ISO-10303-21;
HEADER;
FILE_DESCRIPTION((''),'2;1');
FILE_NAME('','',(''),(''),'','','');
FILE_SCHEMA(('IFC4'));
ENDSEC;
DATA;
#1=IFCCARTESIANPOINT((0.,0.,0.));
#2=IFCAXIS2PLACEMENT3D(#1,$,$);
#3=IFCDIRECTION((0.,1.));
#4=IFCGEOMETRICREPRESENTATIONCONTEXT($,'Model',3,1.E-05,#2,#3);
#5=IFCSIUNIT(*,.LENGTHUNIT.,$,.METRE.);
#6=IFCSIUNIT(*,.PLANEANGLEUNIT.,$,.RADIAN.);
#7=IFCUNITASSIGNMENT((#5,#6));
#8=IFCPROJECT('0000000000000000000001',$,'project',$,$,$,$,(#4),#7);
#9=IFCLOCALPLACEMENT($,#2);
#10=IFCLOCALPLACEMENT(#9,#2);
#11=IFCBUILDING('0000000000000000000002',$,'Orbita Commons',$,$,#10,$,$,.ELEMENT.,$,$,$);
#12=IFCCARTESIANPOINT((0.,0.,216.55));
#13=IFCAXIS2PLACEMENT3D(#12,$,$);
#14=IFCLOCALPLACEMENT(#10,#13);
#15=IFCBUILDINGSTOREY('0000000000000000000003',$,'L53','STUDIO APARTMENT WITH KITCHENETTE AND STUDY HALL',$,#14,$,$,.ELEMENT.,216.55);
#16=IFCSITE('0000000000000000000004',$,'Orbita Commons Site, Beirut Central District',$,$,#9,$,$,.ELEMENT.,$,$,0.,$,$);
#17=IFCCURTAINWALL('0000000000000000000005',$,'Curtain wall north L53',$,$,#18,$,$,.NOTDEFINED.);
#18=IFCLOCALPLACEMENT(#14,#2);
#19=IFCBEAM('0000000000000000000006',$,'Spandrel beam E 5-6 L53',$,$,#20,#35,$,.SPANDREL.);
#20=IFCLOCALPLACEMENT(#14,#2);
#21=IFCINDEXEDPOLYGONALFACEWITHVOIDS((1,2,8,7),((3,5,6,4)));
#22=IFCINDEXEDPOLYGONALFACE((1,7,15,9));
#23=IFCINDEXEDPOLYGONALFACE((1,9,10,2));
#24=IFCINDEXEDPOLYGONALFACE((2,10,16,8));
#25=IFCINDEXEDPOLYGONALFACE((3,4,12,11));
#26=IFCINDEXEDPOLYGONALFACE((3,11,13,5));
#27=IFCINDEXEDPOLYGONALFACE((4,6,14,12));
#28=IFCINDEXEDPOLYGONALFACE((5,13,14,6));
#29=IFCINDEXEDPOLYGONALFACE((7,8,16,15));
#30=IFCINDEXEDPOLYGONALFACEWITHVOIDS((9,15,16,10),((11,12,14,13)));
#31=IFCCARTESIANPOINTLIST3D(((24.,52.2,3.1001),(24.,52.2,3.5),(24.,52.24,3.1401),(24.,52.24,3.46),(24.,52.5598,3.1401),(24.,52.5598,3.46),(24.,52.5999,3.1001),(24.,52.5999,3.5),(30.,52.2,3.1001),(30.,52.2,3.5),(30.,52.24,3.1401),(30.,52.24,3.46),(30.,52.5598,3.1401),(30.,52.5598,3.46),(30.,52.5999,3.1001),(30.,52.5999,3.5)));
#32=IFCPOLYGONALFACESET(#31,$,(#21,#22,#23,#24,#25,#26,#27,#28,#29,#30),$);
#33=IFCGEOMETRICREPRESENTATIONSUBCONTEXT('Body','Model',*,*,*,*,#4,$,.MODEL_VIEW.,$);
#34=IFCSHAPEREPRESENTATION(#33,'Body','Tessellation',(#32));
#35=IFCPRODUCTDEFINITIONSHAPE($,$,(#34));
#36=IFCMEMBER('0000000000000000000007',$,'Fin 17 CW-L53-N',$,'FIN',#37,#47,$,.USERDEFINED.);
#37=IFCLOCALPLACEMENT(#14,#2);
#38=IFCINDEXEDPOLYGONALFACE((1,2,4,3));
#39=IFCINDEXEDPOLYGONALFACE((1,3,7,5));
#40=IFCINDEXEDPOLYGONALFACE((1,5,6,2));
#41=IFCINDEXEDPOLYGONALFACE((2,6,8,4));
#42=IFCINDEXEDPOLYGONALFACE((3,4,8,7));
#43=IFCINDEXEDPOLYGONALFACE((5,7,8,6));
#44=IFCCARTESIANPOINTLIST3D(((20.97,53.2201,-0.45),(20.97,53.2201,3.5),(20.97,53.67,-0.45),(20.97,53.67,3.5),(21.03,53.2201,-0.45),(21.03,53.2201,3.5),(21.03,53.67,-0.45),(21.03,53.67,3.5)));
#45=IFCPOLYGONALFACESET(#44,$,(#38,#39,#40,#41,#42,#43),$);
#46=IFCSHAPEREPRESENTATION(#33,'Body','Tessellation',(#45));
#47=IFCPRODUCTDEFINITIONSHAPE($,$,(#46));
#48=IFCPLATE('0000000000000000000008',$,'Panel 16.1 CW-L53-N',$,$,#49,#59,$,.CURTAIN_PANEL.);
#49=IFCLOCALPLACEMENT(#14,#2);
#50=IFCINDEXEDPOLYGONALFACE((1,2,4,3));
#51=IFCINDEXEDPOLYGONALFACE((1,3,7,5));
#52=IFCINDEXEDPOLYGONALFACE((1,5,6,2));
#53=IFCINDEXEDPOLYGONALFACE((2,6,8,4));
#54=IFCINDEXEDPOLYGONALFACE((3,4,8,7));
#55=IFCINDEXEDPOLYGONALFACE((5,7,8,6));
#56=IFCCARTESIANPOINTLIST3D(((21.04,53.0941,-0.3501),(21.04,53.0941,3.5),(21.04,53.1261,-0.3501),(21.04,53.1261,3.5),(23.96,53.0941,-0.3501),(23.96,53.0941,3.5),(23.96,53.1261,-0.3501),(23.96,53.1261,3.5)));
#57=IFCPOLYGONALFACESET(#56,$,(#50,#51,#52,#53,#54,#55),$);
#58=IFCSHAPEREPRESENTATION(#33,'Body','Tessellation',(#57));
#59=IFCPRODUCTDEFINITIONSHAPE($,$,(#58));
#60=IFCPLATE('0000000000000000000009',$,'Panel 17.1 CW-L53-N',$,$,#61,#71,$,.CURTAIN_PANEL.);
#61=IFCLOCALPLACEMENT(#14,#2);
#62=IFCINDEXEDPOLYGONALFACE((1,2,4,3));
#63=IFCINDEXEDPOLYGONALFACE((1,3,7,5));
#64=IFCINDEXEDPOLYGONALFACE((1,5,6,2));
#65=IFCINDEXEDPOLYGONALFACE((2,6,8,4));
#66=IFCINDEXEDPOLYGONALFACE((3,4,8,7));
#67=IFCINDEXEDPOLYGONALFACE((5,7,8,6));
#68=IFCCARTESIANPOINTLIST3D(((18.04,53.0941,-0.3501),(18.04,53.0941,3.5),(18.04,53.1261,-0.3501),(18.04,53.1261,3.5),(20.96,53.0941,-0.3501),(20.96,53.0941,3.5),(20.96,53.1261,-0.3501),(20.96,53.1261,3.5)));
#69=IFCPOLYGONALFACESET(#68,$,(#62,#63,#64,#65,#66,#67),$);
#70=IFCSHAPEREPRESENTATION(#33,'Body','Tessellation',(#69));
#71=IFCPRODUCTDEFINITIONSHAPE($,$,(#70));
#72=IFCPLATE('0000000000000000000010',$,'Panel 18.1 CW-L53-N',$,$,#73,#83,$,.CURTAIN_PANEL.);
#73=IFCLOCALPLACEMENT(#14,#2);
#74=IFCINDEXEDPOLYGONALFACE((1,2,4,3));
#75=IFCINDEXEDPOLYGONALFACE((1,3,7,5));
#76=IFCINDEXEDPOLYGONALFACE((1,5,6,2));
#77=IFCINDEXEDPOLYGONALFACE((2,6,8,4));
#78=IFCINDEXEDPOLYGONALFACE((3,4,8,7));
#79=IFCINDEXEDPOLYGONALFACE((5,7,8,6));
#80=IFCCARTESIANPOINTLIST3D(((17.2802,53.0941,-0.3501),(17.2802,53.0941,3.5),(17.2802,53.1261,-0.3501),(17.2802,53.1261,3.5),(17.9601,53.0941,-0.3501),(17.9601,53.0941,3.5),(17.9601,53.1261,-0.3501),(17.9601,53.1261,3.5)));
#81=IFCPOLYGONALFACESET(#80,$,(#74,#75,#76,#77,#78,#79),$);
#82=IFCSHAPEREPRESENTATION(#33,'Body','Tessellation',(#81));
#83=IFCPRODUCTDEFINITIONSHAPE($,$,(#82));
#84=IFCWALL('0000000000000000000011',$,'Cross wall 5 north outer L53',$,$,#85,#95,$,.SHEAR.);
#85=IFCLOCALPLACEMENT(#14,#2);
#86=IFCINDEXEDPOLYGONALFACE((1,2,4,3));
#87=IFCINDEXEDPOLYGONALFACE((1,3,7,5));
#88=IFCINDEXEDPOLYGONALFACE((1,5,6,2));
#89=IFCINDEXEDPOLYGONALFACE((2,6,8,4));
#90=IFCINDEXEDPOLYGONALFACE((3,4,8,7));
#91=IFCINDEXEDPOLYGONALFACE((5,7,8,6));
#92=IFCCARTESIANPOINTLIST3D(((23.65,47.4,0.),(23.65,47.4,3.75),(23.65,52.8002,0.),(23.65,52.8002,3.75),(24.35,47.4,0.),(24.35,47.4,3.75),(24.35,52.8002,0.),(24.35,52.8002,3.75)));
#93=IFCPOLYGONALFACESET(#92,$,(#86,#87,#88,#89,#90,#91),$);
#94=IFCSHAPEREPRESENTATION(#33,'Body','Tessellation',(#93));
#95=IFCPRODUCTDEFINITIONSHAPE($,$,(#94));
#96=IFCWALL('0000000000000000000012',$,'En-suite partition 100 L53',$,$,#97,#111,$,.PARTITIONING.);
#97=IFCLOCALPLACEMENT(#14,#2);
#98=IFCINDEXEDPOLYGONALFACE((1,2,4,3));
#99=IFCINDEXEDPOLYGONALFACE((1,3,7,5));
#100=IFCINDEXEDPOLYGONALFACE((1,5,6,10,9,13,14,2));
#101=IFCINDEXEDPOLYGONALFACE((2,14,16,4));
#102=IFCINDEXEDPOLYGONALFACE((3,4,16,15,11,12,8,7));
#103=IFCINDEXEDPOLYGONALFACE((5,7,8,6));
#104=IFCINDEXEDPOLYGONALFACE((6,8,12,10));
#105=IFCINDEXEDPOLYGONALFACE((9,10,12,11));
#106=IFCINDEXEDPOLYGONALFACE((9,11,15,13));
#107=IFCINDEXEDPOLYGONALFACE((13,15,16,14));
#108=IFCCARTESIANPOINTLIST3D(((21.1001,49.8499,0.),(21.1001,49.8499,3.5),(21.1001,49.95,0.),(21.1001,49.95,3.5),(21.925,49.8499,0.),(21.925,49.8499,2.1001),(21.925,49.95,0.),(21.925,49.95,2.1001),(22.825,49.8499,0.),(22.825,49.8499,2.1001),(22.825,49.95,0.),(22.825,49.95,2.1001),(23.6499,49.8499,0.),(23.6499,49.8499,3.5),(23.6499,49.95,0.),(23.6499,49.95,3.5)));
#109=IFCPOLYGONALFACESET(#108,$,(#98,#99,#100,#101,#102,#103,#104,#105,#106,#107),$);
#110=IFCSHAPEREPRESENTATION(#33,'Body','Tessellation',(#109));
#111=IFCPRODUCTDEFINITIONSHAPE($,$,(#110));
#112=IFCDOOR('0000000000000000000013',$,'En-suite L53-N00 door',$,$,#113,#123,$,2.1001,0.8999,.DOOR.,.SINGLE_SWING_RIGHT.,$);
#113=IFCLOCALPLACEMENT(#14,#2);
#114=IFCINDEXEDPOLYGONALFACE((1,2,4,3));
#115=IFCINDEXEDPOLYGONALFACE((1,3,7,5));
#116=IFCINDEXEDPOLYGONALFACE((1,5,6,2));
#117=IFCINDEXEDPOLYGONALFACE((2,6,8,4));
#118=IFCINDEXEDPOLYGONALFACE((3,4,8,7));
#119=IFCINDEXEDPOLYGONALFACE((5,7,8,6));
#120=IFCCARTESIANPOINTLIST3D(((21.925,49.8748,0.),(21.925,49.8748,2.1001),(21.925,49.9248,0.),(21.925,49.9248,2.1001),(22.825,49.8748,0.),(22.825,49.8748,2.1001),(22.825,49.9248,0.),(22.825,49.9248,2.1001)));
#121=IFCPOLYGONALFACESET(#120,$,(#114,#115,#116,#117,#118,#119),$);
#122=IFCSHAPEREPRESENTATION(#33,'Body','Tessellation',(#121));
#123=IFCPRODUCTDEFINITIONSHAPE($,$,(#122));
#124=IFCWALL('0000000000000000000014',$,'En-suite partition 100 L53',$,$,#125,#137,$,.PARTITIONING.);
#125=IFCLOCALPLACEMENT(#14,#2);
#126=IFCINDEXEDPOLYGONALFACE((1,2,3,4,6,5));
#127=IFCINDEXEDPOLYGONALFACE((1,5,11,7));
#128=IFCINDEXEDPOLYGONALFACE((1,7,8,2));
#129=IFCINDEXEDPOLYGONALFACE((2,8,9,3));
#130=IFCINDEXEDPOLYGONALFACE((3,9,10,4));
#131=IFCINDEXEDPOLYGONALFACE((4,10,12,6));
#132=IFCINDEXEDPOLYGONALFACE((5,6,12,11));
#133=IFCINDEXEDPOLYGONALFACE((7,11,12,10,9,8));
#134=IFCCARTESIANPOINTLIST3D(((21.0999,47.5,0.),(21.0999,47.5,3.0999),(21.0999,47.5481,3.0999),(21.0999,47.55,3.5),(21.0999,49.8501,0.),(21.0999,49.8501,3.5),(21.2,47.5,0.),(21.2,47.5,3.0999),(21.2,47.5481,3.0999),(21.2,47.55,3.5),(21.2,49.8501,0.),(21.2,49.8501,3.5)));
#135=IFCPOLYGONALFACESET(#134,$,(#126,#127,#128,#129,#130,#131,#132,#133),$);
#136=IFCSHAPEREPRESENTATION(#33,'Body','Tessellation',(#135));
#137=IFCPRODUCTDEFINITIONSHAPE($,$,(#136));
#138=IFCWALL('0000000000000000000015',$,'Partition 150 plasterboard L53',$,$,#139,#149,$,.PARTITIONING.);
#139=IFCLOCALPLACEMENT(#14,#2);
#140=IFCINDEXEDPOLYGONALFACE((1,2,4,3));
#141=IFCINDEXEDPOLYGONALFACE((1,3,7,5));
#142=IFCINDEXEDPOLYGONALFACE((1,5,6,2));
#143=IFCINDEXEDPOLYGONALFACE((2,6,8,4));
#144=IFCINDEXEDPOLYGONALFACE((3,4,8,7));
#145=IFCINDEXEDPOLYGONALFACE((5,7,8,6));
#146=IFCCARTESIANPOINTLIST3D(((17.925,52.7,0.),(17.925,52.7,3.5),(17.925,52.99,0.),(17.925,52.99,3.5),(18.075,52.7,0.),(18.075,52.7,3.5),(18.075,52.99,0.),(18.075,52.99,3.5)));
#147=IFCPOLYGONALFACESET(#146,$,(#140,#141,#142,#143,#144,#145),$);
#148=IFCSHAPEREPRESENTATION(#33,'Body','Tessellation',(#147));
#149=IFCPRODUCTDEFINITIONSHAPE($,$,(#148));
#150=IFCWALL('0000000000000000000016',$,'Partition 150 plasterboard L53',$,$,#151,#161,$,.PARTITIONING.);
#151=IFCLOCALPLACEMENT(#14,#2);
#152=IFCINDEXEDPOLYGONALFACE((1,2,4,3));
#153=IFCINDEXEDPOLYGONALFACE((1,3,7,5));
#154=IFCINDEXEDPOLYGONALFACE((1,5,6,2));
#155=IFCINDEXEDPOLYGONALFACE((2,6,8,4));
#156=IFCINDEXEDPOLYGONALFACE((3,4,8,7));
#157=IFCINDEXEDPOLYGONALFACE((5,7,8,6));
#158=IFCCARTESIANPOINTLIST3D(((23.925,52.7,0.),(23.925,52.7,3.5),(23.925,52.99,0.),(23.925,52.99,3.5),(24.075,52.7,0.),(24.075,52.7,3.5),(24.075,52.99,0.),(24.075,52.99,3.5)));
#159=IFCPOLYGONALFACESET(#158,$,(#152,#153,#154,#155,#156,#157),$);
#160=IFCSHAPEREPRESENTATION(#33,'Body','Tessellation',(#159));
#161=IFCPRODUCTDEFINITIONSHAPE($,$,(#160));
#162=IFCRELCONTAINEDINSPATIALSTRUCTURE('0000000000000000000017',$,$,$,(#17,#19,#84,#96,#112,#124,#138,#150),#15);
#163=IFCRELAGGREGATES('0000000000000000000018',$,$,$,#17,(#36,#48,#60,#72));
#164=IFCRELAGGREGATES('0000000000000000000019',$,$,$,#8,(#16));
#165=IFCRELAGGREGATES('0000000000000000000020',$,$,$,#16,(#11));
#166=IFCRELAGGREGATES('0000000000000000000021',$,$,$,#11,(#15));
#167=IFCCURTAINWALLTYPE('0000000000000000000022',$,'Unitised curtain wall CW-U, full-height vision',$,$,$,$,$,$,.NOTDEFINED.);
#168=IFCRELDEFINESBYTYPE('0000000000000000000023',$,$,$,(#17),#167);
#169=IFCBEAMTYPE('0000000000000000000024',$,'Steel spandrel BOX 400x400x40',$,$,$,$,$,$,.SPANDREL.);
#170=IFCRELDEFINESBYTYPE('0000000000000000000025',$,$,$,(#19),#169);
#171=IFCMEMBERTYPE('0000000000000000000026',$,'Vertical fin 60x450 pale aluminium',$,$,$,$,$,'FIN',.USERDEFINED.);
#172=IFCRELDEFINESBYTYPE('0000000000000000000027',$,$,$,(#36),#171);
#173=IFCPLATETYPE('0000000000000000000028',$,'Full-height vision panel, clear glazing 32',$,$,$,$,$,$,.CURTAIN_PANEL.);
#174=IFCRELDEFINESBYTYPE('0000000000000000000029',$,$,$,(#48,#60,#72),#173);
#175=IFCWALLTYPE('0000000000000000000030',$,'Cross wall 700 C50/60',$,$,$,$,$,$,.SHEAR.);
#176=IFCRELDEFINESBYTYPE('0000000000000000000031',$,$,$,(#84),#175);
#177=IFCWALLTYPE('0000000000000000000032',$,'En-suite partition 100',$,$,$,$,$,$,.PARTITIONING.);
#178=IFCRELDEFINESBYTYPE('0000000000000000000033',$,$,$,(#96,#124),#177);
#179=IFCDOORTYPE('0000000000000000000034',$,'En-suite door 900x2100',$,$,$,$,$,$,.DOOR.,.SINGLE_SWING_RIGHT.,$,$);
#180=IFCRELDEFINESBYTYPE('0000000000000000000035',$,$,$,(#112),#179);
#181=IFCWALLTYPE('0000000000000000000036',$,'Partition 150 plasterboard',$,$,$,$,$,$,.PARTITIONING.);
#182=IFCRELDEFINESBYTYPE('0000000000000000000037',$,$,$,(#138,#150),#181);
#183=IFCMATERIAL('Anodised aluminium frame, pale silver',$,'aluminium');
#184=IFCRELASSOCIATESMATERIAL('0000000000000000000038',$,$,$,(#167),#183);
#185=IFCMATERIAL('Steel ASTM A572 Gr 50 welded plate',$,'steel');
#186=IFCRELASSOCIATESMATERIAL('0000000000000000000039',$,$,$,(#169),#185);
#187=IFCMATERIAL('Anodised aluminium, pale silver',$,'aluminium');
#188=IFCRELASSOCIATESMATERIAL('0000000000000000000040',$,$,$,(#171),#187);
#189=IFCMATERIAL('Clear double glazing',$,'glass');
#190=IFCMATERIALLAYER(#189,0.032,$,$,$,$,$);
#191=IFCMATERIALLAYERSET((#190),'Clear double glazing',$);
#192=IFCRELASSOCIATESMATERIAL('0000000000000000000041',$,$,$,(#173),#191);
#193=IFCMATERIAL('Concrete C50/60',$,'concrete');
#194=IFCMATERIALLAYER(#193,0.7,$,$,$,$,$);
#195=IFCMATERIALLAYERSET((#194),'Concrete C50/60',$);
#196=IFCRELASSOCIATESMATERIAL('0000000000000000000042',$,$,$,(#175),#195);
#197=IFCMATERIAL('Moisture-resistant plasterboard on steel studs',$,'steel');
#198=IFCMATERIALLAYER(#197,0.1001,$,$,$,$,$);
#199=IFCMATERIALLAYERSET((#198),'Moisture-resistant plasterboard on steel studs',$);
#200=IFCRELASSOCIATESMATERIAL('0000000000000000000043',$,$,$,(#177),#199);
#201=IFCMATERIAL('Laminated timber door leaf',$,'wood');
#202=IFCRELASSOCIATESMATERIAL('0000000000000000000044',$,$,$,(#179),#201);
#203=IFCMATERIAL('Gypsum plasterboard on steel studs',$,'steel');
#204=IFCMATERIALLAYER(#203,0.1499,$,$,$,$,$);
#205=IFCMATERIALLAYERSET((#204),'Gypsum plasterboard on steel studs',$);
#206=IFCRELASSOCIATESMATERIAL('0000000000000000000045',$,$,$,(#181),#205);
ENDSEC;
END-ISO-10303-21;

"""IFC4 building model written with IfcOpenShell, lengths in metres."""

from ifc_helpers import new_model, si_unit, direction, frame, frame_2d, origin, origin_2d, place, context, subcontext, project, spatial, polyline, rectangle, hollow_rectangle, outline, extrude, material, layer, layer_set, material_profile, profile_set, type_object, element, fill, aggregate, save


model = new_model("IFC4")

# Units and contexts
model_context = context("Model", 3, precision=1e-05, world=origin(), true_north=direction((0.0, 1.0)))
body_context = subcontext(model_context, "Body", "Model", "MODEL_VIEW")
ifc_project = project(units=[si_unit("LENGTHUNIT", "METRE"), si_unit("PLANEANGLEUNIT", "RADIAN")], contexts=[model_context])

# Site, building, storey
site_placement = place(None, origin())
site = spatial("IfcSite", under=ifc_project, at=site_placement, Name="Orbita Commons Site, Beirut Central District", CompositionType="ELEMENT", RefElevation=0.0)
building_placement = place(site_placement, origin())
building = spatial("IfcBuilding", under=site, at=building_placement, Name="Orbita Commons", CompositionType="ELEMENT")
storey_placement = place(building_placement, frame((0.0, 0.0, 216.55)))
storey = spatial("IfcBuildingStorey", under=building, at=storey_placement, Name="L53", Description="STUDIO APARTMENT WITH KITCHENETTE AND STUDY HALL", CompositionType="ELEMENT", Elevation=216.55)

# Curtain wall
ifc_material_1 = material(Name="Anodised aluminium frame, pale silver", Category="aluminium")
curtain_wall_type = type_object("IfcCurtainWallType", Name="Unitised curtain wall CW-U, full-height vision", PredefinedType="NOTDEFINED", material=ifc_material_1)
curtain_wall_placement = place(storey_placement, origin())
curtain_wall = element("IfcCurtainWall", 1, at=curtain_wall_placement, inside=storey, type_object=curtain_wall_type, Name="Curtain wall north L53", PredefinedType="NOTDEFINED")

# Beam
ifc_material_2 = material(Name="Steel ASTM A572 Gr 50 welded plate", Category="steel")
ifc_material_profile_1 = material_profile(ifc_material_2, hollow_rectangle(XDim=0.3999, YDim=0.3999, WallThickness=0.04, at=origin_2d()), Name="BOX 400x400x40")
ifc_profile_set_1 = profile_set([ifc_material_profile_1], Name="Steel ASTM A572 Gr 50 welded plate")
beam_type_1 = type_object("IfcBeamType", Name="Steel spandrel BOX 400x400x40", PredefinedType="SPANDREL", material=ifc_profile_set_1)
for number, where, z_axis, x_axis, name in (
    (2, (24.0, 52.3999, 3.3), (1.0, 0.0, 0.0), (0.0, 1.0, 0.0), "Spandrel beam E 5-6 L53"),
):
    element("IfcBeam", number, at=place(storey_placement, frame(where, z_axis=z_axis, x_axis=x_axis)), inside=storey, type_object=beam_type_1, Name=name, PredefinedType="SPANDREL", context=body_context, shape_type="SweptSolid", body=[
        extrude(hollow_rectangle(XDim=0.3999, YDim=0.3999, WallThickness=0.04, at=origin_2d()), origin(), (0.0, 0.0, 1.0), 6.0),
    ])

# Member
ifc_material_3 = material(Name="Anodised aluminium, pale silver", Category="aluminium")
ifc_material_profile_2 = material_profile(ifc_material_3, rectangle(XDim=0.0601, YDim=0.45, at=origin_2d()), Name="FIN 60x450")
ifc_profile_set_2 = profile_set([ifc_material_profile_2], Name="Anodised aluminium, pale silver")
member_type_1 = type_object("IfcMemberType", Name="Vertical fin 60x450 pale aluminium", ElementType="FIN", PredefinedType="USERDEFINED", material=ifc_profile_set_2)
member_1_placement = place(storey_placement, frame((21.0, 53.4451, -0.45), z_axis=(0.0, 0.0, 1.0), x_axis=(-1.0, 0.0, 0.0)))
member_1 = element("IfcMember", 3, at=member_1_placement, type_object=member_type_1, Name="Fin 17 CW-L53-N", ObjectType="FIN", PredefinedType="USERDEFINED", context=body_context, shape_type="SweptSolid", body=[
    extrude(rectangle(XDim=0.0601, YDim=0.45, at=origin_2d()), origin(), (0.0, 0.0, 1.0), 3.95),
])

# Plates
ifc_material_4 = material(Name="Clear double glazing", Category="glass")
ifc_layer_1 = layer(ifc_material_4, 0.032)
ifc_layer_set_1 = layer_set([ifc_layer_1], Name="Clear double glazing")
plate_type = type_object("IfcPlateType", Name="Full-height vision panel, clear glazing 32", PredefinedType="CURTAIN_PANEL", material=ifc_layer_set_1)
plate_1_placement = place(storey_placement, frame((22.5, 53.1101, -0.3501), z_axis=(0.0, 0.0, 1.0), x_axis=(-1.0, 0.0, 0.0)))
plate_1 = element("IfcPlate", 4, at=plate_1_placement, type_object=plate_type, Name="Panel 16.1 CW-L53-N", PredefinedType="CURTAIN_PANEL", context=body_context, shape_type="SweptSolid", body=[
    extrude(rectangle(XDim=2.9199, YDim=0.032, at=origin_2d()), origin(), (0.0, 0.0, 1.0), 3.8501),
])
plate_2_placement = place(storey_placement, frame((19.5, 53.1101, -0.3501), z_axis=(0.0, 0.0, 1.0), x_axis=(-1.0, 0.0, 0.0)))
plate_2 = element("IfcPlate", 5, at=plate_2_placement, type_object=plate_type, Name="Panel 17.1 CW-L53-N", PredefinedType="CURTAIN_PANEL", context=body_context, shape_type="SweptSolid", body=[
    extrude(rectangle(XDim=2.9199, YDim=0.032, at=origin_2d()), origin(), (0.0, 0.0, 1.0), 3.8501),
])
plate_3_placement = place(storey_placement, frame((17.6201, 53.1101, -0.3501), z_axis=(0.0, 0.0, 1.0), x_axis=(-1.0, 0.0, 0.0)))
plate_3 = element("IfcPlate", 6, at=plate_3_placement, type_object=plate_type, Name="Panel 18.1 CW-L53-N", PredefinedType="CURTAIN_PANEL", context=body_context, shape_type="SweptSolid", body=[
    extrude(rectangle(XDim=0.6799, YDim=0.032, at=origin_2d()), origin(), (0.0, 0.0, 1.0), 3.8501),
])
aggregate(curtain_wall, [member_1, plate_1, plate_2, plate_3])

# Wall
ifc_material_5 = material(Name="Concrete C50/60", Category="concrete")
ifc_layer_2 = layer(ifc_material_5, 0.7)
ifc_layer_set_2 = layer_set([ifc_layer_2], Name="Concrete C50/60")
wall_type_1 = type_object("IfcWallType", Name="Cross wall 700 C50/60", PredefinedType="SHEAR", material=ifc_layer_set_2)
wall_1_placement = place(storey_placement, frame((24.0, 47.3999, 0.0), z_axis=(0.0, 0.0, 1.0), x_axis=(0.0, 1.0, 0.0)))
element("IfcWall", 7, at=wall_1_placement, inside=storey, type_object=wall_type_1, Name="Cross wall 5 north outer L53", PredefinedType="SHEAR", context=body_context, shape_type="SweptSolid", body=[
    extrude(rectangle(XDim=5.4001, YDim=0.7, at=frame_2d((2.7002, 0.0))), origin(), (0.0, 0.0, 1.0), 3.75),
])

# Wall, opening, door
ifc_material_6 = material(Name="Moisture-resistant plasterboard on steel studs", Category="steel")
ifc_layer_3 = layer(ifc_material_6, 0.1001)
ifc_layer_set_3 = layer_set([ifc_layer_3], Name="Moisture-resistant plasterboard on steel studs")
wall_type_2 = type_object("IfcWallType", Name="En-suite partition 100", PredefinedType="PARTITIONING", material=ifc_layer_set_3)
wall_2_placement = place(storey_placement, frame((21.1001, 49.8999, 0.0), z_axis=(0.0, 0.0, 1.0), x_axis=(1.0, 0.0, 0.0)))
wall_2 = element("IfcWall", 8, at=wall_2_placement, inside=storey, type_object=wall_type_2, Name="En-suite partition 100 L53", PredefinedType="PARTITIONING", context=body_context, shape_type="SweptSolid", body=[
    extrude(rectangle(XDim=2.5498, YDim=0.1001, at=frame_2d((1.2749, 0.0))), origin(), (0.0, 0.0, 1.0), 3.5),
])
opening_1_placement = place(wall_2_placement, frame((0.825, 0.0, 0.0)))
opening_1 = element("IfcOpeningElement", 9, at=opening_1_placement, cuts=wall_2, PredefinedType="OPENING", context=body_context, shape_type="SweptSolid", body=[
    extrude(rectangle(XDim=0.8999, YDim=2.1001, at=frame_2d((0.45, 1.05))), frame((0.0, 0.0601, 0.0), z_axis=(0.0, -1.0, 0.0), x_axis=(1.0, 0.0, 0.0)), (0.0, 0.0, 1.0), 0.1201),
])
ifc_material_7 = material(Name="Laminated timber door leaf", Category="wood")
door_type = type_object("IfcDoorType", Name="En-suite door 900x2100", OperationType="SINGLE_SWING_RIGHT", PredefinedType="DOOR", material=ifc_material_7)
door_placement = place(opening_1_placement, origin())
door = element("IfcDoor", 10, at=door_placement, inside=storey, type_object=door_type, Name="En-suite L53-N00 door", OperationType="SINGLE_SWING_RIGHT", OverallHeight=2.1001, OverallWidth=0.8999, PredefinedType="DOOR", context=body_context, shape_type="SweptSolid", body=[
    extrude(rectangle(XDim=0.8999, YDim=2.1001, at=frame_2d((0.45, 1.05))), frame((0.0, 0.0249, 0.0), z_axis=(0.0, -1.0, 0.0), x_axis=(1.0, 0.0, 0.0)), (0.0, 0.0, 1.0), 0.05),
])
fill(opening_1, door)

# Walls
wall_3_placement = place(storey_placement, frame((21.1499, 49.8501, 0.0), z_axis=(0.0, 0.0, 1.0), x_axis=(0.0, -1.0, 0.0)))
element("IfcWall", 11, at=wall_3_placement, inside=storey, type_object=wall_type_2, Name="En-suite partition 100 L53", PredefinedType="PARTITIONING", context=body_context, shape_type="SweptSolid", body=[
    extrude(outline(polyline([(0.0, 0.0), (2.3501, 0.0), (2.3501, 3.0999), (2.302, 3.0999), (2.3, 3.5), (0.0, 3.5), (0.0, 0.0)])), frame((0.0, 0.05, 0.0), z_axis=(0.0, -1.0, 0.0), x_axis=(1.0, 0.0, 0.0)), (0.0, 0.0, 1.0), 0.1001),
])
ifc_material_8 = material(Name="Gypsum plasterboard on steel studs", Category="steel")
ifc_layer_4 = layer(ifc_material_8, 0.1499)
ifc_layer_set_4 = layer_set([ifc_layer_4], Name="Gypsum plasterboard on steel studs")
wall_type_3 = type_object("IfcWallType", Name="Partition 150 plasterboard", PredefinedType="PARTITIONING", material=ifc_layer_set_4)
for number, where, z_axis, x_axis, name in (
    (12, (18.0, 52.7, 0.0), (0.0, 0.0, 1.0), (0.0, 1.0, 0.0), "Partition 150 plasterboard L53"),
    (13, (24.0, 52.7, 0.0), (0.0, 0.0, 1.0), (0.0, 1.0, 0.0), "Partition 150 plasterboard L53"),
):
    element("IfcWall", number, at=place(storey_placement, frame(where, z_axis=z_axis, x_axis=x_axis)), inside=storey, type_object=wall_type_3, Name=name, PredefinedType="PARTITIONING", context=body_context, shape_type="SweptSolid", body=[
        extrude(rectangle(XDim=0.29, YDim=0.1499, at=frame_2d((0.145, 0.0))), origin(), (0.0, 0.0, 1.0), 3.5),
    ])

save(model, "model.ifc")
